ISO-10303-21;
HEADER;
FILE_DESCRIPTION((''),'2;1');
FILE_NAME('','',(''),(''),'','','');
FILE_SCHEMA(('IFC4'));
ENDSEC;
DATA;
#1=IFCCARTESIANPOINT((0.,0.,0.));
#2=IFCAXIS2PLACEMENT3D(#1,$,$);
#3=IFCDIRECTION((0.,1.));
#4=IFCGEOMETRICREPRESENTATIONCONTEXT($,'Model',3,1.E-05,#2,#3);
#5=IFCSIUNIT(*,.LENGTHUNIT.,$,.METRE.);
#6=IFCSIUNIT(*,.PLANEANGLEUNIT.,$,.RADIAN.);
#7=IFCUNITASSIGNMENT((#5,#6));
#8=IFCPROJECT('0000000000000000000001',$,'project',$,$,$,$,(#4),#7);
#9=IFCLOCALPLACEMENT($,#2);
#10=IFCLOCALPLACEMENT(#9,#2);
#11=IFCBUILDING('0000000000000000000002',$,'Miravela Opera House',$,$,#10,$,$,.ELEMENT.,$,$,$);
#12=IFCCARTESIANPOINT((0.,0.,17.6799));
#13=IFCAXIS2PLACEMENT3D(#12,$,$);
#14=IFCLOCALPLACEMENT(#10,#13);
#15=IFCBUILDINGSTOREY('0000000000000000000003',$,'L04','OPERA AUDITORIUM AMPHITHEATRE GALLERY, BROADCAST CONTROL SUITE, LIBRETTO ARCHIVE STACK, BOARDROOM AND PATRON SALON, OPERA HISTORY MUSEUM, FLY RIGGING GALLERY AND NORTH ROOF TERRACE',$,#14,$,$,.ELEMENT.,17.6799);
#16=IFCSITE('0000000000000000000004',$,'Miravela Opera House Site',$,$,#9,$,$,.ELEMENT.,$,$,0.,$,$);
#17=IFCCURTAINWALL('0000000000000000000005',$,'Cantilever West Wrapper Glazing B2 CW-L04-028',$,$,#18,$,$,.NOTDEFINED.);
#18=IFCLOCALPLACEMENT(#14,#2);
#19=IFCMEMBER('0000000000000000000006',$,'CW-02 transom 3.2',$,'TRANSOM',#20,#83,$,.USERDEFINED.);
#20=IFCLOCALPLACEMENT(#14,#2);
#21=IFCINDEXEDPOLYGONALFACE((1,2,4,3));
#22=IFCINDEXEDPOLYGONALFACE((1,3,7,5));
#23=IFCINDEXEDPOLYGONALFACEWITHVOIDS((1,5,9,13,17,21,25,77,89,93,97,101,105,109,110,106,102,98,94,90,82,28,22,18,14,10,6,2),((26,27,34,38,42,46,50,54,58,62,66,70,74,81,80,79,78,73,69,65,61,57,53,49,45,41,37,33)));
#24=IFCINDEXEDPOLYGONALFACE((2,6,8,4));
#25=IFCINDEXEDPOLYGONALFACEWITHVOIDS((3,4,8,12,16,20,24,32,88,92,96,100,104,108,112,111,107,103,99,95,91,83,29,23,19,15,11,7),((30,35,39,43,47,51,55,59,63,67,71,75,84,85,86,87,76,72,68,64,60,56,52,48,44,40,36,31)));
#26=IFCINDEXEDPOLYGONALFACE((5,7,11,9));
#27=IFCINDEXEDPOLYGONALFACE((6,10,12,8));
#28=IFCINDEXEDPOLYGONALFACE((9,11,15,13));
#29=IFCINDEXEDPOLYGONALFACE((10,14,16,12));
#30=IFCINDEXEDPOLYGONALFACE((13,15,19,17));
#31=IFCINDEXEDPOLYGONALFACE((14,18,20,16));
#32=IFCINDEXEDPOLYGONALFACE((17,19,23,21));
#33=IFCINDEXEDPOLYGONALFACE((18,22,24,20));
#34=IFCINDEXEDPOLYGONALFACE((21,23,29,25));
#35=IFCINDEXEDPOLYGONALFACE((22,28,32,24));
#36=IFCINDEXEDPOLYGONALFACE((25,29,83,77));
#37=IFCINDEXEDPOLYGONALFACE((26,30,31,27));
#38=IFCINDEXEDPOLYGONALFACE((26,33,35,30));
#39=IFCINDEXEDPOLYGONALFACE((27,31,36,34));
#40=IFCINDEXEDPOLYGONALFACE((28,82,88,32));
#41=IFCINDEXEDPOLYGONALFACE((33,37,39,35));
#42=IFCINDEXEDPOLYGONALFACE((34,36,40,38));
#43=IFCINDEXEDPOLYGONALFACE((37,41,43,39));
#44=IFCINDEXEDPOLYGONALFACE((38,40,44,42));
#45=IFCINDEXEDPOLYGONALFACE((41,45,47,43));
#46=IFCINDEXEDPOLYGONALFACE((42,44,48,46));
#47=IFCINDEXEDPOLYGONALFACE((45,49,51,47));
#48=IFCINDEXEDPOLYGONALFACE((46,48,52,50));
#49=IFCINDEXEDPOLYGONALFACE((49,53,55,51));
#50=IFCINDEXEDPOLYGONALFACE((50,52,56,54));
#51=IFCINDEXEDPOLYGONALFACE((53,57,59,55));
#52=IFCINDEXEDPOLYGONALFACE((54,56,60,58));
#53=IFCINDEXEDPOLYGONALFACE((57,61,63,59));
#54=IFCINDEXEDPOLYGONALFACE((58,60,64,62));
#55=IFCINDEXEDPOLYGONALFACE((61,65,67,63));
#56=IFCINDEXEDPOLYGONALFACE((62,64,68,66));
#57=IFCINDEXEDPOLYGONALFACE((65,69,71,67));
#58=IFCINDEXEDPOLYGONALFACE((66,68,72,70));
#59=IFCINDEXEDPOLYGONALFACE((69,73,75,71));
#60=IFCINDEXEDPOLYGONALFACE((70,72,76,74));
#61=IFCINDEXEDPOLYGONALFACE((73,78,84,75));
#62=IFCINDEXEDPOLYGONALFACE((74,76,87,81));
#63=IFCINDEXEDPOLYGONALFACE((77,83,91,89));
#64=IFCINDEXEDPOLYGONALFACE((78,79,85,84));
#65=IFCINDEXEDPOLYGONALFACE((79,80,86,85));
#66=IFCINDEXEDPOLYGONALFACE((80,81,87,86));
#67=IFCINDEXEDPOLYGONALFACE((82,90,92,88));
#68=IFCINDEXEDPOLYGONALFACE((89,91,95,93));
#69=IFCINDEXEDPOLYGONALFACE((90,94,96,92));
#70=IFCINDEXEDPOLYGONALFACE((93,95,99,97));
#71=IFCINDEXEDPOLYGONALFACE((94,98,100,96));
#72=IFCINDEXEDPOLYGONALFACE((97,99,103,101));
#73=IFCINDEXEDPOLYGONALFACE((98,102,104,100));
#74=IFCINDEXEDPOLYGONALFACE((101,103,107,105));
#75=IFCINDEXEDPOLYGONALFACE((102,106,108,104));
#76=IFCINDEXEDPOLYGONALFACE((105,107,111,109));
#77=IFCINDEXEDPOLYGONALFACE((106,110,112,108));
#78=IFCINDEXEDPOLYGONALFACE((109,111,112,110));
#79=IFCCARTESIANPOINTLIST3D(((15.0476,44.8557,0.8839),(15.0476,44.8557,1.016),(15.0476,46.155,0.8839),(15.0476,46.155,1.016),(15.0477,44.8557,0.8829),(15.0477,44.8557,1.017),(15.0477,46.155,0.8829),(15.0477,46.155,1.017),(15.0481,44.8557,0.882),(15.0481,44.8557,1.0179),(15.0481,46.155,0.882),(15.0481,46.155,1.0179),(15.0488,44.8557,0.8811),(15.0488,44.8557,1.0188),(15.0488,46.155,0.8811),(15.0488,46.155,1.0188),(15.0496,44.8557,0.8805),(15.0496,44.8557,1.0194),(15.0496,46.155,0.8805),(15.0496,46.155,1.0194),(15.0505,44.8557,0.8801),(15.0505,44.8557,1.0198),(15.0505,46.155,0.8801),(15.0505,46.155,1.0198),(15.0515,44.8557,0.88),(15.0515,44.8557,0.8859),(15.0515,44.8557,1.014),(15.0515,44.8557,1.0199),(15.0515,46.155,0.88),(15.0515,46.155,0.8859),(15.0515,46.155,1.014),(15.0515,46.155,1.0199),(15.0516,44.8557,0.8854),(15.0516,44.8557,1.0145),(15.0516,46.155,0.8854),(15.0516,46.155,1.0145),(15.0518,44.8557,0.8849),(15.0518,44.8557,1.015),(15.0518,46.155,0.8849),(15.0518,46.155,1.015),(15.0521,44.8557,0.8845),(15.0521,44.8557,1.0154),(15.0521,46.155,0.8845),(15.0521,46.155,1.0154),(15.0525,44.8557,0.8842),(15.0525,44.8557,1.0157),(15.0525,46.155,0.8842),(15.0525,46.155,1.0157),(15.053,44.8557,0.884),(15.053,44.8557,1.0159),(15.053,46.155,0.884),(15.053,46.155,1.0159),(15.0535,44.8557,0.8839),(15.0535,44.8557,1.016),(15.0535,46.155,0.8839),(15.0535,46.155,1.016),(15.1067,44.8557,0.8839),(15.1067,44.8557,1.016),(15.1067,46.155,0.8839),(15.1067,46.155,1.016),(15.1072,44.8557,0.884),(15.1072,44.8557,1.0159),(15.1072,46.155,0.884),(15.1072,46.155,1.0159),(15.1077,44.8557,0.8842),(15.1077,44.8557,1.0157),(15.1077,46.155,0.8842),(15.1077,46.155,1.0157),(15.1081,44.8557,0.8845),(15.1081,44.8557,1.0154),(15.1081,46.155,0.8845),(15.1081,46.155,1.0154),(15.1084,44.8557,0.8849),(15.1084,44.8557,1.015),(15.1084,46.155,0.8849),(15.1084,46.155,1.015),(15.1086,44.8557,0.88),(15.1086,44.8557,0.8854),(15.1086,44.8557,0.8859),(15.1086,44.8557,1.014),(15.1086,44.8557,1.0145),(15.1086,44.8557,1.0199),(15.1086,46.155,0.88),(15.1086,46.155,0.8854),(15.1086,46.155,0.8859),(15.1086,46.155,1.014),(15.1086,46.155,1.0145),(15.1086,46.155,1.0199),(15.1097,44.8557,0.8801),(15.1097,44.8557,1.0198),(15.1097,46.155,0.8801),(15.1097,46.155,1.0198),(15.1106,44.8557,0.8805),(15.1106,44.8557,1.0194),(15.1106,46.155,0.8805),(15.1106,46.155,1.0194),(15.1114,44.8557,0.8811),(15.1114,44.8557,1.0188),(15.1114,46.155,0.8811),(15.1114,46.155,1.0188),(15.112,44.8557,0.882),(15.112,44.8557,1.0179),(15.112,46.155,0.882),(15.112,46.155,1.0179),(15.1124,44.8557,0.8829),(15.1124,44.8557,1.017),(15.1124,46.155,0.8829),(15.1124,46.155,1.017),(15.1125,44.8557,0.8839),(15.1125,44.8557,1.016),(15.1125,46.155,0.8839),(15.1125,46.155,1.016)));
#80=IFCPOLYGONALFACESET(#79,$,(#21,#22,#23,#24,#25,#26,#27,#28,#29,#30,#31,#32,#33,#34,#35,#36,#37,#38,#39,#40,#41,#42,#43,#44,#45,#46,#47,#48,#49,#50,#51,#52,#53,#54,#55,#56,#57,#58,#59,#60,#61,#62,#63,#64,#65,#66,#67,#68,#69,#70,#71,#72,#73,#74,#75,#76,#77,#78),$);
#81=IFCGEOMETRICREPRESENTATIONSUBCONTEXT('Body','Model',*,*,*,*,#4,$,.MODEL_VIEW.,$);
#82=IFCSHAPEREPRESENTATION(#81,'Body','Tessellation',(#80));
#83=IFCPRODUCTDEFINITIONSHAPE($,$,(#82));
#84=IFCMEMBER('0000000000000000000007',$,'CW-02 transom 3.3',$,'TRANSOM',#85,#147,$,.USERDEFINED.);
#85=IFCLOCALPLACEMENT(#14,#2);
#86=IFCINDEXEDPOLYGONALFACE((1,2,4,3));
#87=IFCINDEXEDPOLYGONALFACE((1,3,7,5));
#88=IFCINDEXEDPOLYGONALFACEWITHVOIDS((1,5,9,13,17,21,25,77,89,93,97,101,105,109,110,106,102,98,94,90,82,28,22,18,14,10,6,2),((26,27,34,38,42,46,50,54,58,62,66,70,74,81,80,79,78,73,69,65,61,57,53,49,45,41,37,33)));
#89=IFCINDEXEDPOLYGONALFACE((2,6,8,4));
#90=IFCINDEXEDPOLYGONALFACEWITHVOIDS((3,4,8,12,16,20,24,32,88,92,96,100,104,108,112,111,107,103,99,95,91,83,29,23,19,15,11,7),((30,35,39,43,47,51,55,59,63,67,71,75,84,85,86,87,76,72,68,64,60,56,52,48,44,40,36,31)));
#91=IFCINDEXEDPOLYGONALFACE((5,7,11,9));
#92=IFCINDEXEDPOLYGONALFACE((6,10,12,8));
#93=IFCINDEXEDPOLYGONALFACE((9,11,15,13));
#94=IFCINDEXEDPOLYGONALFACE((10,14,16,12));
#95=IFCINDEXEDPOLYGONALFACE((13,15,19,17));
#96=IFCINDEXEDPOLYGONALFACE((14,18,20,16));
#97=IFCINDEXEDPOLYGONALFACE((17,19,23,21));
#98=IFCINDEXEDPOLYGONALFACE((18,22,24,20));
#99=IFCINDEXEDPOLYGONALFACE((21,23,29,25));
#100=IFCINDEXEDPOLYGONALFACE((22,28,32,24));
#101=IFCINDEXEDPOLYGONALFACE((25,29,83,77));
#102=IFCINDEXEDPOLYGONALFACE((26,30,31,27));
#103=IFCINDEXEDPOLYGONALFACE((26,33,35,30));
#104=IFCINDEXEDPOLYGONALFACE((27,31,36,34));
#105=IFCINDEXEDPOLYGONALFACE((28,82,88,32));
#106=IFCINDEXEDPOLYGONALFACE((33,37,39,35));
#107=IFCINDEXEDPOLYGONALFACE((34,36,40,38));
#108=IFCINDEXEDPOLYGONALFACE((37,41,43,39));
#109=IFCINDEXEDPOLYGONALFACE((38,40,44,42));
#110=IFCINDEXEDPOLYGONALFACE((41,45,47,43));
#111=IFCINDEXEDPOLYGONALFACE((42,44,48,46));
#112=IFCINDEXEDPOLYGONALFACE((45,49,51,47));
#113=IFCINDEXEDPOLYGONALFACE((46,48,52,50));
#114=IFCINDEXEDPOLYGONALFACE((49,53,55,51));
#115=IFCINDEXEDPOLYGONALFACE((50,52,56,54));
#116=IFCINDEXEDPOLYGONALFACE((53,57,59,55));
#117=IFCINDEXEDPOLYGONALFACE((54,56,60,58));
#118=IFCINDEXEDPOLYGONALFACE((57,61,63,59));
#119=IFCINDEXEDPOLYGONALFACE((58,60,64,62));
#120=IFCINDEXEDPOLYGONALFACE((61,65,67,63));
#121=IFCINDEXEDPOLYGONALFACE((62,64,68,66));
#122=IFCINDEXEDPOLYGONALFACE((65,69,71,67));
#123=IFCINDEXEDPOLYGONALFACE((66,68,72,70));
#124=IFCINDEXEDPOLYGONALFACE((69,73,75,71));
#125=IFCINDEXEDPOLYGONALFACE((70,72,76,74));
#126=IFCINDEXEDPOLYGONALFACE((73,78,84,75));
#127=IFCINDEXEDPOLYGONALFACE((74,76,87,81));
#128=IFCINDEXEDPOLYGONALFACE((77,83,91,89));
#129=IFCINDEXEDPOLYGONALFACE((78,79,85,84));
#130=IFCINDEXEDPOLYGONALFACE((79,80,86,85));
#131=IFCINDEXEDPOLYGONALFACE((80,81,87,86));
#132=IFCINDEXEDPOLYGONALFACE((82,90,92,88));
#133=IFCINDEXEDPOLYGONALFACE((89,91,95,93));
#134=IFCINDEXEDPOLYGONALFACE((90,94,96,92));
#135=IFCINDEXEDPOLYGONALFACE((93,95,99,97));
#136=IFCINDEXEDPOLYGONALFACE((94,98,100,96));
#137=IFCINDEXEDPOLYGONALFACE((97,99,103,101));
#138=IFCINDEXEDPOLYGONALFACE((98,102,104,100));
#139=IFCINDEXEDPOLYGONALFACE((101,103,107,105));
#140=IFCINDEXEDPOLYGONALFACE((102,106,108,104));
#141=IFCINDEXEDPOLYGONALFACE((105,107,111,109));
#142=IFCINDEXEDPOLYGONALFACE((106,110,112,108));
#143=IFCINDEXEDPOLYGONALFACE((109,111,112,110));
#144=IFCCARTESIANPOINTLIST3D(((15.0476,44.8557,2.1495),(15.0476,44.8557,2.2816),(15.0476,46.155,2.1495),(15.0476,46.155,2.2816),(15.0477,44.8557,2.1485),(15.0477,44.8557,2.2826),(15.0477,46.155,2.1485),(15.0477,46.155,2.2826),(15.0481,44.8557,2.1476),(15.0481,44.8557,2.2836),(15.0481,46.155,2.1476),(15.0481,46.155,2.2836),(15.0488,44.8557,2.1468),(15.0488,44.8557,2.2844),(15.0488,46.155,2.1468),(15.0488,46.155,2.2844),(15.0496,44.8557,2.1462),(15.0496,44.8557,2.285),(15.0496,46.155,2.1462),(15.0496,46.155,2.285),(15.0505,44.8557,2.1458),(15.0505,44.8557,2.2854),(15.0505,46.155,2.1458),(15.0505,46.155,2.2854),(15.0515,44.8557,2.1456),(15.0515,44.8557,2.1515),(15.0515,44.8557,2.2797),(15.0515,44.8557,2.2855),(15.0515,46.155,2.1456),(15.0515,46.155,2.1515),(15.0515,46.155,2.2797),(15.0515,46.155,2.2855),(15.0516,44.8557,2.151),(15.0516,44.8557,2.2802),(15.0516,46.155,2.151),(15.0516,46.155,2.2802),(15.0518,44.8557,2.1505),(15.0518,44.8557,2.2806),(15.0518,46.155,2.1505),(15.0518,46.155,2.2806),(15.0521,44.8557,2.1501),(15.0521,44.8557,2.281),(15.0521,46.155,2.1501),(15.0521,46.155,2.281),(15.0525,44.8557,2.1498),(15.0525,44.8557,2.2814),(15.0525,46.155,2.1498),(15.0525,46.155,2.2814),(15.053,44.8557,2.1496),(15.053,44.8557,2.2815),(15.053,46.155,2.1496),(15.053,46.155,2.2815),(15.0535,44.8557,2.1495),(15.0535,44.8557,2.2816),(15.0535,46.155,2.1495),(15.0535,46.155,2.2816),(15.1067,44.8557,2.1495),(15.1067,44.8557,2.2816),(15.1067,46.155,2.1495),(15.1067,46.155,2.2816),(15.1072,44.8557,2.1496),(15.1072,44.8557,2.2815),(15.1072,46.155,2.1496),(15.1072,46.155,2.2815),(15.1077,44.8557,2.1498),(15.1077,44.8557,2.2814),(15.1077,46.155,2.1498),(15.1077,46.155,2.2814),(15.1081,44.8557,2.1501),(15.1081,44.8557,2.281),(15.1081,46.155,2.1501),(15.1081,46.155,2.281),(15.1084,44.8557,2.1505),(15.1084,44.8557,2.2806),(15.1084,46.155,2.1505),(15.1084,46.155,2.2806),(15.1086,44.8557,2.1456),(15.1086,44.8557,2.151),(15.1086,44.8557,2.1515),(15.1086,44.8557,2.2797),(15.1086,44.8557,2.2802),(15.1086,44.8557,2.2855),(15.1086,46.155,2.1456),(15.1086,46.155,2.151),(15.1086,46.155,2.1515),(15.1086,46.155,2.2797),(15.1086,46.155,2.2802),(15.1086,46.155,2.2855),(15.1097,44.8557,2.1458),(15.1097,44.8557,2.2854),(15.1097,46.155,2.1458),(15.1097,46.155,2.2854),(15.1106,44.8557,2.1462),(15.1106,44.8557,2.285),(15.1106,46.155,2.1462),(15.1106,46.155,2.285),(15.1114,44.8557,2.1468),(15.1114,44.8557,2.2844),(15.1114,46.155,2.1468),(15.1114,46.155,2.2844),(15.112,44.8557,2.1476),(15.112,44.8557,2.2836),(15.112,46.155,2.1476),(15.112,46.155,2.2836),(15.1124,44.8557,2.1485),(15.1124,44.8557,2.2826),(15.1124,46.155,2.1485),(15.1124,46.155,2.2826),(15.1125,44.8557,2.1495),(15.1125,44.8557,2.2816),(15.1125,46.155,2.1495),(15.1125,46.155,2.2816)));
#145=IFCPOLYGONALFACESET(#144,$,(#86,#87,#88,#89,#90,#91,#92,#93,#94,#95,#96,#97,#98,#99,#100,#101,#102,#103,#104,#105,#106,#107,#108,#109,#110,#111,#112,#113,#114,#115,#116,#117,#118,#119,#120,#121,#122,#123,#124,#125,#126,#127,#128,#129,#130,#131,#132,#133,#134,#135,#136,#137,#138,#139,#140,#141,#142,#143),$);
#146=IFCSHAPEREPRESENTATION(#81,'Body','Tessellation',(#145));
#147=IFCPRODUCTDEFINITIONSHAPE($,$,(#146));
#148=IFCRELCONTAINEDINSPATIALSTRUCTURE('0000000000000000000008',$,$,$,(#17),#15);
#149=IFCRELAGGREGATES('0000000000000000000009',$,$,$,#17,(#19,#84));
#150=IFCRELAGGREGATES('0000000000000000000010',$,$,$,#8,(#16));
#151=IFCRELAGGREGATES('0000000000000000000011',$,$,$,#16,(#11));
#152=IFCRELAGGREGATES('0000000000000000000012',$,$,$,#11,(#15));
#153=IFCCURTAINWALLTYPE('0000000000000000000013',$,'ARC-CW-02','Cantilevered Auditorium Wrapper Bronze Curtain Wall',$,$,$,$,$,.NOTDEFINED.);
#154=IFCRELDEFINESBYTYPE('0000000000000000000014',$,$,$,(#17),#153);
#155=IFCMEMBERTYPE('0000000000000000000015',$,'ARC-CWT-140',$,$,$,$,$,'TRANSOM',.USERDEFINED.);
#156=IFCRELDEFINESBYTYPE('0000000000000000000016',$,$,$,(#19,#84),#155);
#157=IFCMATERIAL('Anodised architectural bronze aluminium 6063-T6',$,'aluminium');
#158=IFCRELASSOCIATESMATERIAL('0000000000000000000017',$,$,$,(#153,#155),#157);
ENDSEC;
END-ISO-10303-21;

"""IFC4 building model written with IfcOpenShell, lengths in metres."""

from ifc_helpers import new_model, si_unit, direction, frame, origin, origin_2d, place, context, subcontext, project, spatial, hollow_rectangle, extrude, material, material_profile, profile_set, type_object, element, aggregate, save


model = new_model("IFC4")

# Units and contexts
model_context = context("Model", 3, precision=1e-05, world=origin(), true_north=direction((0.0, 1.0)))
body_context = subcontext(model_context, "Body", "Model", "MODEL_VIEW")
ifc_project = project(units=[si_unit("LENGTHUNIT", "METRE"), si_unit("PLANEANGLEUNIT", "RADIAN")], contexts=[model_context])

# Site, building, storey
site_placement = place(None, origin())
site = spatial("IfcSite", under=ifc_project, at=site_placement, Name="Miravela Opera House Site", CompositionType="ELEMENT", RefElevation=0.0)
building_placement = place(site_placement, origin())
building = spatial("IfcBuilding", under=site, at=building_placement, Name="Miravela Opera House", CompositionType="ELEMENT")
storey_placement = place(building_placement, frame((0.0, 0.0, 17.6799)))
storey = spatial("IfcBuildingStorey", under=building, at=storey_placement, Name="L04", Description="OPERA AUDITORIUM AMPHITHEATRE GALLERY, BROADCAST CONTROL SUITE, LIBRETTO ARCHIVE STACK, BOARDROOM AND PATRON SALON, OPERA HISTORY MUSEUM, FLY RIGGING GALLERY AND NORTH ROOF TERRACE", CompositionType="ELEMENT", Elevation=17.6799)

# Curtain wall
ifc_material_1 = material(Name="Anodised architectural bronze aluminium 6063-T6", Category="aluminium")
curtain_wall_type = type_object("IfcCurtainWallType", Name="ARC-CW-02", Description="Cantilevered Auditorium Wrapper Bronze Curtain Wall", PredefinedType="NOTDEFINED", material=ifc_material_1)
curtain_wall_1_placement = place(storey_placement, origin())
curtain_wall_1 = element("IfcCurtainWall", 1, at=curtain_wall_1_placement, inside=storey, type_object=curtain_wall_type, Name="Cantilever West Wrapper Glazing B2 CW-L04-028", PredefinedType="NOTDEFINED")

# Members
ifc_material_profile_1 = material_profile(ifc_material_1, hollow_rectangle(XDim=0.0649, YDim=0.1399, WallThickness=0.0039, InnerFilletRadius=0.002, OuterFilletRadius=0.0039, at=origin_2d()), Name="CWT-65X140")
ifc_profile_set_1 = profile_set([ifc_material_profile_1])
member_type_1 = type_object("IfcMemberType", Name="ARC-CWT-140", ElementType="TRANSOM", PredefinedType="USERDEFINED", material=ifc_profile_set_1)
member_1_placement = place(storey_placement, frame((15.0801, 44.8557, 0.95), z_axis=(0.0, 1.0, 0.0), x_axis=(-1.0, 0.0, 0.0)))
member_1 = element("IfcMember", 2, at=member_1_placement, type_object=member_type_1, Name="CW-02 transom 3.2", ObjectType="TRANSOM", PredefinedType="USERDEFINED", context=body_context, shape_type="SweptSolid", body=[
    extrude(hollow_rectangle(XDim=0.0649, YDim=0.1399, WallThickness=0.0039, InnerFilletRadius=0.002, OuterFilletRadius=0.0039, at=origin_2d()), origin(), (0.0, 0.0, 1.0), 1.2993),
])
member_2_placement = place(storey_placement, frame((15.0801, 44.8557, 2.2156), z_axis=(0.0, 1.0, 0.0), x_axis=(-1.0, 0.0, 0.0)))
member_2 = element("IfcMember", 3, at=member_2_placement, type_object=member_type_1, Name="CW-02 transom 3.3", ObjectType="TRANSOM", PredefinedType="USERDEFINED", context=body_context, shape_type="SweptSolid", body=[
    extrude(hollow_rectangle(XDim=0.0649, YDim=0.1399, WallThickness=0.0039, InnerFilletRadius=0.002, OuterFilletRadius=0.0039, at=origin_2d()), origin(), (0.0, 0.0, 1.0), 1.2993),
])

aggregate(curtain_wall_1, [member_1, member_2])

save(model, "model.ifc")
